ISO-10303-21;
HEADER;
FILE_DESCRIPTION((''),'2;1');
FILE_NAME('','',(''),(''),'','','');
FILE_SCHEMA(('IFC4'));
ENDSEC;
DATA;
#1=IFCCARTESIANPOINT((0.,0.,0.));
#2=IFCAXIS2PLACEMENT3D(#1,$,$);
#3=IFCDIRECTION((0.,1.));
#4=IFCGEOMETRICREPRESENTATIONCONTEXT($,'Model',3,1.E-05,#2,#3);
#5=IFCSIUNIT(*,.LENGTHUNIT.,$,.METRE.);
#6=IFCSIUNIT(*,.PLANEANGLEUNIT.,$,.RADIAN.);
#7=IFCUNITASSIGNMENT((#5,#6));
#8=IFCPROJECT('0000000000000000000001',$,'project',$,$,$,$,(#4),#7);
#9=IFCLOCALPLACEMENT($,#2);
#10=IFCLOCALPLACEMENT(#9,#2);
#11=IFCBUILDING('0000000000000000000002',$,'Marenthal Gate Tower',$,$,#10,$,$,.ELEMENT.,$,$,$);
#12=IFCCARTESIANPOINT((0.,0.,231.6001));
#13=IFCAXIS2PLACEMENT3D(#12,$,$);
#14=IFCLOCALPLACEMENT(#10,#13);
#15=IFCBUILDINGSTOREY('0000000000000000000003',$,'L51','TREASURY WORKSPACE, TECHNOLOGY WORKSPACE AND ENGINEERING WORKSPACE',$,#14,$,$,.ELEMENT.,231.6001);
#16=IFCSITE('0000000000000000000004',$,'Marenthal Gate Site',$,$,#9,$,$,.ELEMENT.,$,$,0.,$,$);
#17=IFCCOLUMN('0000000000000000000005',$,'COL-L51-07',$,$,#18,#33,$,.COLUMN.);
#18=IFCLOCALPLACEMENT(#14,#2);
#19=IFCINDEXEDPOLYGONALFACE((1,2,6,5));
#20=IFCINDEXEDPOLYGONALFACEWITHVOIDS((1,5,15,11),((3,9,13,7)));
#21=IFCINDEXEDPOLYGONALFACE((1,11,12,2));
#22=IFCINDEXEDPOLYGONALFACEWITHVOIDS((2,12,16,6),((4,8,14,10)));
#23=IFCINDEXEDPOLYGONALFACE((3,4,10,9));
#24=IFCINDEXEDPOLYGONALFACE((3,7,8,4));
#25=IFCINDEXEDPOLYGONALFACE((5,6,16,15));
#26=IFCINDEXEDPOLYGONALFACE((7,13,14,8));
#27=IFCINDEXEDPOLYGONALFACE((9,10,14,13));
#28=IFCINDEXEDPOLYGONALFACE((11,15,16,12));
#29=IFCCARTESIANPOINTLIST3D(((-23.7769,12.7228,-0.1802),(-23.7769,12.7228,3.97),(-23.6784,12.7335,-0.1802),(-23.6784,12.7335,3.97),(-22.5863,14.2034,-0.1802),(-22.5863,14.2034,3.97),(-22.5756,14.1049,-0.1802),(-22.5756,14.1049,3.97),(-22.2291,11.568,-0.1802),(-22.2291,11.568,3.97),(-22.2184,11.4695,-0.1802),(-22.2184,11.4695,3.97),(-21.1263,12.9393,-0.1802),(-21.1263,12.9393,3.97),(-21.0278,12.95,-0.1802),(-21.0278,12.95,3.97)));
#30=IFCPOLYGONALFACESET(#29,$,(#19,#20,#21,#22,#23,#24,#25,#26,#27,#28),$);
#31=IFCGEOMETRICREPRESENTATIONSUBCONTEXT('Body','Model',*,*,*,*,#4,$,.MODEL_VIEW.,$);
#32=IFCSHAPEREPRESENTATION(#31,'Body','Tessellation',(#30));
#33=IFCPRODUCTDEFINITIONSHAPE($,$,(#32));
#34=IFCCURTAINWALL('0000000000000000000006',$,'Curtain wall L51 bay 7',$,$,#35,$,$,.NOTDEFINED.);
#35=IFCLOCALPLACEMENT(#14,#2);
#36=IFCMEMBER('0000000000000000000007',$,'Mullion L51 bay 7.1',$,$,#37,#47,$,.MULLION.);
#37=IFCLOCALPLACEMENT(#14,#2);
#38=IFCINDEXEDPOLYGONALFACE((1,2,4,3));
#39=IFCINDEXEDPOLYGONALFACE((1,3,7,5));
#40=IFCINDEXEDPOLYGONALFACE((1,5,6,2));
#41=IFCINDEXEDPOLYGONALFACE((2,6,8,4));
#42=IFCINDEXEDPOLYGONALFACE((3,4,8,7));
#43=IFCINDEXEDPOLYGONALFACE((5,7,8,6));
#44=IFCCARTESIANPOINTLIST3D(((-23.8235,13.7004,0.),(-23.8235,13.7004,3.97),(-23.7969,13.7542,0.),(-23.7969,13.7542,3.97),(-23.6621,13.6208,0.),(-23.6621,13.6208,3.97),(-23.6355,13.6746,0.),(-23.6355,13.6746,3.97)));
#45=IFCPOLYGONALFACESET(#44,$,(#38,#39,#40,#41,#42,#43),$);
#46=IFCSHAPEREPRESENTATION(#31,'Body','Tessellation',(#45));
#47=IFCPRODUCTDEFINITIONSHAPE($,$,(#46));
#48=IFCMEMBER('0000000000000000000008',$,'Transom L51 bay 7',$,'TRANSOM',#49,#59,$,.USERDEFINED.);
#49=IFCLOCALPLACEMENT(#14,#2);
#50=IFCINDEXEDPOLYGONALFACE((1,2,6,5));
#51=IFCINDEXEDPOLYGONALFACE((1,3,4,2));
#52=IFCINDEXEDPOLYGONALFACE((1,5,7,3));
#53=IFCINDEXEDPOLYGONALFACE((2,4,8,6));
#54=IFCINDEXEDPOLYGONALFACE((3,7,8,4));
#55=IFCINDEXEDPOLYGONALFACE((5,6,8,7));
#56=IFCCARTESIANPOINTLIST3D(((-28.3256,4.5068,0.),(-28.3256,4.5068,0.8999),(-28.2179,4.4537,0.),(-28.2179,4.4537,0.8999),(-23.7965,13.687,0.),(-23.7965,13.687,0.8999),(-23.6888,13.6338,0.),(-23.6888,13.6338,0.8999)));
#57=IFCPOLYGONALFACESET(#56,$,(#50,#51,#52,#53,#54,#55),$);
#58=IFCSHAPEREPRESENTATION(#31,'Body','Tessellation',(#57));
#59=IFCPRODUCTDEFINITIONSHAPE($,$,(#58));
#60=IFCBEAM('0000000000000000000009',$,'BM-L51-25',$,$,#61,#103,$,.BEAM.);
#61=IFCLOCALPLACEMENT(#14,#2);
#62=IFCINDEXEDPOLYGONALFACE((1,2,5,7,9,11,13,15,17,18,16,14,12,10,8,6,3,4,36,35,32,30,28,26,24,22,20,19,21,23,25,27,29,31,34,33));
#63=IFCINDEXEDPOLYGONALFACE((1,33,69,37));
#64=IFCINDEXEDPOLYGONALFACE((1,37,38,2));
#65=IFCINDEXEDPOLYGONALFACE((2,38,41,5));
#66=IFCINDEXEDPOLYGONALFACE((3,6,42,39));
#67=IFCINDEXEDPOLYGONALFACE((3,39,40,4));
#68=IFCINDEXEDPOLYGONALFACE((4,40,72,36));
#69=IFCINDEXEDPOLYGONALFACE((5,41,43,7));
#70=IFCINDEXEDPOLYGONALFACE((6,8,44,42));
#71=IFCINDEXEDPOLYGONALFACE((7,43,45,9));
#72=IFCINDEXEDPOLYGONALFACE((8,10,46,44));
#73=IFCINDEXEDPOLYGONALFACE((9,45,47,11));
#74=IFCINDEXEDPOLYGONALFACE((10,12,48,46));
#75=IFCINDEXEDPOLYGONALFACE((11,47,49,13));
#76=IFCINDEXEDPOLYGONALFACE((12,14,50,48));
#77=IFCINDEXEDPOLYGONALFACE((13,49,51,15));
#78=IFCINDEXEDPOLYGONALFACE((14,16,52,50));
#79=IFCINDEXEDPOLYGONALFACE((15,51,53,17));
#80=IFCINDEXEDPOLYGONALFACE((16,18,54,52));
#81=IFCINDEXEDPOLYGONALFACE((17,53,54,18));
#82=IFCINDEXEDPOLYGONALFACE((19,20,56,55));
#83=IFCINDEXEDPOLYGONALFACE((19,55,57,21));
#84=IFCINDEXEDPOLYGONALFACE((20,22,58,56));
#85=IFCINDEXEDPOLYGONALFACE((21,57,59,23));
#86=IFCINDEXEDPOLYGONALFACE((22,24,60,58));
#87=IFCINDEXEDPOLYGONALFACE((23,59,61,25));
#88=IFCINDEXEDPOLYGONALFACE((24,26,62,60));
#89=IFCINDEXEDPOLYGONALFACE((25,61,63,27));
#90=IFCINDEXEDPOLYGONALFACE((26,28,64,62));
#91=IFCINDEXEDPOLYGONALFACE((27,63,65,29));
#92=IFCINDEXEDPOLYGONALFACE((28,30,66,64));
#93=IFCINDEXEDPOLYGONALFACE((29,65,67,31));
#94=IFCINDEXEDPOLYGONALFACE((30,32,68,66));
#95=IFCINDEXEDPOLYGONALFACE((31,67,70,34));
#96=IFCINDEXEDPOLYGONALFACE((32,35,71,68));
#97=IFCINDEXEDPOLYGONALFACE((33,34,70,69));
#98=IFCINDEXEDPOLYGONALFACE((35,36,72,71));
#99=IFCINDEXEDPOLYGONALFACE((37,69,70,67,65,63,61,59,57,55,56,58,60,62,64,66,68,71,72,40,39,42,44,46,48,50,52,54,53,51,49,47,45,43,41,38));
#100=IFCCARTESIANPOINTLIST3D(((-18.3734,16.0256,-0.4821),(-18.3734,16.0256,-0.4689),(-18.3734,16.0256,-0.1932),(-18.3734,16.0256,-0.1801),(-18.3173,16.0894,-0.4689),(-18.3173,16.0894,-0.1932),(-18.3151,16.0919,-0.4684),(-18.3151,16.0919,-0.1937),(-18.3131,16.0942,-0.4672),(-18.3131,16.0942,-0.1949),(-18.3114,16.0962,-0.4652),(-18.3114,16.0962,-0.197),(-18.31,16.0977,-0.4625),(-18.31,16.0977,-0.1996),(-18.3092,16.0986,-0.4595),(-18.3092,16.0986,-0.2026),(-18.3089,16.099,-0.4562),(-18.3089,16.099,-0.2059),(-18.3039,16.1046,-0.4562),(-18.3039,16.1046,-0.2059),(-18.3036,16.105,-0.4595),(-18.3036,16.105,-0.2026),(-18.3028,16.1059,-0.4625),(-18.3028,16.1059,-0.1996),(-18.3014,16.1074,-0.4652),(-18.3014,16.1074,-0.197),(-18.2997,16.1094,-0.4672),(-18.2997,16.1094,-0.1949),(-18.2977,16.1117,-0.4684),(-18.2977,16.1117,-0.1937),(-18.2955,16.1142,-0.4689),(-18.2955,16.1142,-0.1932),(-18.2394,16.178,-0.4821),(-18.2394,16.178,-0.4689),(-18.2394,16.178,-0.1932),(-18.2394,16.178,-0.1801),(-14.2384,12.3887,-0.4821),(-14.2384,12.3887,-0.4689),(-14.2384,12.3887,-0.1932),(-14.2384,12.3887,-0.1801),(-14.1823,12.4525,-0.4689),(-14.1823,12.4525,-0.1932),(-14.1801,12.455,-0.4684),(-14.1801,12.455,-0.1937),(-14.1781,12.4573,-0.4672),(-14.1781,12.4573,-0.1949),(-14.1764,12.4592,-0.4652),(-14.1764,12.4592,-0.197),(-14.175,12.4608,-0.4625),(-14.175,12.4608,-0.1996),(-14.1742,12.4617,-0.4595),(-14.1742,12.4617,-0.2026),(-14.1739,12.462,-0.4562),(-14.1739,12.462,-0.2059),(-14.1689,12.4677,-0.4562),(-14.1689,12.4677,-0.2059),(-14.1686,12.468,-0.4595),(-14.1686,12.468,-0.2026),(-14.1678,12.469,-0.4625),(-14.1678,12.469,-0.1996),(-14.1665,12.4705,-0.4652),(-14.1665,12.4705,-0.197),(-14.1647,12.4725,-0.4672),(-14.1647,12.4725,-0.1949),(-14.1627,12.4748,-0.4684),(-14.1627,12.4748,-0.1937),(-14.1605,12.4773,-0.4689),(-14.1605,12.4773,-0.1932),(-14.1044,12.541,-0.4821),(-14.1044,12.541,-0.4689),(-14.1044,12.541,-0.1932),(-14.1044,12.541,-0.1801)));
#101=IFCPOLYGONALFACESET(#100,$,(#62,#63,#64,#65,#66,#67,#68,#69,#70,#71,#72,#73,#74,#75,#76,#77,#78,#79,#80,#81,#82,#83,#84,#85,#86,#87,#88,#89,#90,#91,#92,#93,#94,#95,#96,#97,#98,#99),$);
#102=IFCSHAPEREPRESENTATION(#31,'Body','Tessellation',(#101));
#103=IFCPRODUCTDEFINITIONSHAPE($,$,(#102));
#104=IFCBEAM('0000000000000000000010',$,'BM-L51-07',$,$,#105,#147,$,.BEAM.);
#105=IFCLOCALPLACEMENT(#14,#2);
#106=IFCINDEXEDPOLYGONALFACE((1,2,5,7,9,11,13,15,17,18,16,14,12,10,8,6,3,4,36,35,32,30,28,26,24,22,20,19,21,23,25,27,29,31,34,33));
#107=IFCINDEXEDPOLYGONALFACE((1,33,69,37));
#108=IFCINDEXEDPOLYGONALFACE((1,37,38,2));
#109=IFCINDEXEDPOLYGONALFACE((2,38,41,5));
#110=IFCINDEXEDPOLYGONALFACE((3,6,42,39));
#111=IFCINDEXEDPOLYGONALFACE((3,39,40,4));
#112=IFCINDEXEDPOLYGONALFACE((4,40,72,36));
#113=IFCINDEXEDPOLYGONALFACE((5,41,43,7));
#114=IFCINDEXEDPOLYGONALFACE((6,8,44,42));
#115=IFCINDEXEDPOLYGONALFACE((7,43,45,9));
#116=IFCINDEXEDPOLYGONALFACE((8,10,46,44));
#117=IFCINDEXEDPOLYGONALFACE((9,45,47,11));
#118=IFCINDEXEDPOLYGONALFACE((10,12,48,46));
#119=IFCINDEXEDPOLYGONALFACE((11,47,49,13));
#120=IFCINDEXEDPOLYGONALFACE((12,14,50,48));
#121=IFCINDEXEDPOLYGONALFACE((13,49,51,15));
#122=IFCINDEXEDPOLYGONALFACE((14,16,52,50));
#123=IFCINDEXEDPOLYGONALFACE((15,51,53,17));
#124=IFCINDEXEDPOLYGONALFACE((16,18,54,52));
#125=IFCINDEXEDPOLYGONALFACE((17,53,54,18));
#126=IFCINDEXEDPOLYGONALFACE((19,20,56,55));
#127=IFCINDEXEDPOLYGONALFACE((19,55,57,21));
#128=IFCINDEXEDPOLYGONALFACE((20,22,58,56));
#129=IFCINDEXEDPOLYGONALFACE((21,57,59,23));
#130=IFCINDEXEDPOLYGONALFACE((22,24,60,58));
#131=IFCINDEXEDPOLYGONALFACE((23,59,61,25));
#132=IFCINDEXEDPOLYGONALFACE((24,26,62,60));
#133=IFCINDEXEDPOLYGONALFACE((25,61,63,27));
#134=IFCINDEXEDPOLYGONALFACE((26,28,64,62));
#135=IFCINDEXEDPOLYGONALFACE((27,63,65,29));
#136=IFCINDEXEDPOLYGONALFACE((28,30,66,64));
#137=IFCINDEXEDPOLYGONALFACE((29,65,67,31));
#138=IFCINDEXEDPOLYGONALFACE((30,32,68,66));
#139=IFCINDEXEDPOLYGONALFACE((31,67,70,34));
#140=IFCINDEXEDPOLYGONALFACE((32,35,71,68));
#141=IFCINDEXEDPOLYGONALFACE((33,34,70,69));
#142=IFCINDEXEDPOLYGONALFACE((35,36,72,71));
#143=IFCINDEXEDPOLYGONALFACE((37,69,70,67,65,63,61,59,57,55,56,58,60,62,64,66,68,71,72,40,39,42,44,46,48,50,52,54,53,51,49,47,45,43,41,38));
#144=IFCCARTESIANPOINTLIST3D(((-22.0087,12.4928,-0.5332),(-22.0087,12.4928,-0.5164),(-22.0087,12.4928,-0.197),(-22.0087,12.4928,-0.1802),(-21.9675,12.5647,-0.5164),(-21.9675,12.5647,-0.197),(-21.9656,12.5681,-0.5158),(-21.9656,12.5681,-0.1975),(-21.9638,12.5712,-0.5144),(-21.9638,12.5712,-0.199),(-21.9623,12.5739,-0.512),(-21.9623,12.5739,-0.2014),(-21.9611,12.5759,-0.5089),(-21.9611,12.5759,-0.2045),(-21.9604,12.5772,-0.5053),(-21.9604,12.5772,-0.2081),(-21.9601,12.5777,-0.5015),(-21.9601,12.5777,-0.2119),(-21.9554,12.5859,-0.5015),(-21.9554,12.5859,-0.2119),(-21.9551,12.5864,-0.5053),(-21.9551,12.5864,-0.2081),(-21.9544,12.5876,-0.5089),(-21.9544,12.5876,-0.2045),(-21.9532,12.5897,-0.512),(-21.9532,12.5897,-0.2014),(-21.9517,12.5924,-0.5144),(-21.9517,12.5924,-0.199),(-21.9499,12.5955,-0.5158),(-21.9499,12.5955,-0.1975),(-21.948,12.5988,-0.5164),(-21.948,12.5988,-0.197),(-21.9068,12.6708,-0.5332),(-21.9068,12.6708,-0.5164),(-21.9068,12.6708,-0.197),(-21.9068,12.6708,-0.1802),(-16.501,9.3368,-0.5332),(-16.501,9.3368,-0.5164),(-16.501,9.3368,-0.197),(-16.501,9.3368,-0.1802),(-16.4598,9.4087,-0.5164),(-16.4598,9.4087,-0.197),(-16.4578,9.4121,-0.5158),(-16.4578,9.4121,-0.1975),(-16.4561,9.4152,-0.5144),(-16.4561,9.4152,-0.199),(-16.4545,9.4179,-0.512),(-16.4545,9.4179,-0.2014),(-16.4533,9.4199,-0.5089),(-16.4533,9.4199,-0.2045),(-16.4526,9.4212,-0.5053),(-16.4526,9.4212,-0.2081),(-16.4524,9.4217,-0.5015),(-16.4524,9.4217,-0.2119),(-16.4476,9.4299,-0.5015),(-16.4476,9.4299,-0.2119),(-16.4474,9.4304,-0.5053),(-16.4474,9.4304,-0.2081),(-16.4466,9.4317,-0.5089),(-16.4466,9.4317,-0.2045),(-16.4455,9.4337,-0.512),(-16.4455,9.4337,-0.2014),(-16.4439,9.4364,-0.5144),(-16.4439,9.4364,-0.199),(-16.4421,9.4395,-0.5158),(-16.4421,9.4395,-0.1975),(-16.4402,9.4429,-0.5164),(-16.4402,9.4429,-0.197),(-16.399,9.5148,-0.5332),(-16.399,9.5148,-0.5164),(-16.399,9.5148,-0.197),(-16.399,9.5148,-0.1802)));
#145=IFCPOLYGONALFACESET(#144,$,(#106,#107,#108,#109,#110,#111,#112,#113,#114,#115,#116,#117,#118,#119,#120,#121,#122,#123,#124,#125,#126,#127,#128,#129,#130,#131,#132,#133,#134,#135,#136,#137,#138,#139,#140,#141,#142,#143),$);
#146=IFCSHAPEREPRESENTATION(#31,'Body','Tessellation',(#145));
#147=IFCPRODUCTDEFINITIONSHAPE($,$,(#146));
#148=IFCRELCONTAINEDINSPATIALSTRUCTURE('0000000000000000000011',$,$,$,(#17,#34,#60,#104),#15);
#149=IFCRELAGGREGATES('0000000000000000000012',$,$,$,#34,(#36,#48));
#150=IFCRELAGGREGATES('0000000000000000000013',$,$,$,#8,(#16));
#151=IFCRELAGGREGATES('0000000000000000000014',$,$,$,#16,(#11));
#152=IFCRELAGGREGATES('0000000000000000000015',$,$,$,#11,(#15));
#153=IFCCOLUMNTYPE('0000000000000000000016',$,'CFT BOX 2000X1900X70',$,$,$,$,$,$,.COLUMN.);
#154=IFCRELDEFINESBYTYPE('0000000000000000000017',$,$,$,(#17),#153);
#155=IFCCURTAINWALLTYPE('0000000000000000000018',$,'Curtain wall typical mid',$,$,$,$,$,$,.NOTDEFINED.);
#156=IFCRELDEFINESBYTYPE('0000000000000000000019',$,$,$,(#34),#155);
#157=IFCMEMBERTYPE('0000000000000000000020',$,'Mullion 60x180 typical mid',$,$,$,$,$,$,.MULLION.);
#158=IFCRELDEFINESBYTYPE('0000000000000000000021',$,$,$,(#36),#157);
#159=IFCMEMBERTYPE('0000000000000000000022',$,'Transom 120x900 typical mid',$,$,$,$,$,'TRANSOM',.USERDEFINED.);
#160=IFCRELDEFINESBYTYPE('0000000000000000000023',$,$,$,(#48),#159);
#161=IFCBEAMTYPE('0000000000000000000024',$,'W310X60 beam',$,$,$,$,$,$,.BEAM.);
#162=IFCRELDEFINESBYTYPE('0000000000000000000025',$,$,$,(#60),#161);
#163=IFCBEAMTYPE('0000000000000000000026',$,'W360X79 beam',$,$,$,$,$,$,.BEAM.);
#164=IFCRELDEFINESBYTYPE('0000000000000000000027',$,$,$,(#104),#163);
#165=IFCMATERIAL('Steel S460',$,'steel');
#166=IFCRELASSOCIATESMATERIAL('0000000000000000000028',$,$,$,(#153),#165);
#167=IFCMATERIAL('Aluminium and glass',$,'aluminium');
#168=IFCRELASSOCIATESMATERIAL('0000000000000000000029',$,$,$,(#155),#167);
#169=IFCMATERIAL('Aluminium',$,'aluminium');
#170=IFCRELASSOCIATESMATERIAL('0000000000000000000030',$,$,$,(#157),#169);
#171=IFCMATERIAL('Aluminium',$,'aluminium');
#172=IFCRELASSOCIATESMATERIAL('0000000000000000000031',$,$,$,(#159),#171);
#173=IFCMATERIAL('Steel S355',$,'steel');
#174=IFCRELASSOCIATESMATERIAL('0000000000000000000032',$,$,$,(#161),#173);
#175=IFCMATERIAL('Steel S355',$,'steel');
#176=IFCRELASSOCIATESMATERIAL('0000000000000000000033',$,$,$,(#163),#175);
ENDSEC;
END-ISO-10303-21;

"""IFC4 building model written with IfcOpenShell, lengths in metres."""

from ifc_helpers import new_model, si_unit, direction, frame, origin, origin_2d, place, context, subcontext, project, spatial, rectangle, hollow_rectangle, i_section, extrude, material, material_profile, profile_set, type_object, element, aggregate, save


model = new_model("IFC4")

# Units and contexts
model_context = context("Model", 3, precision=1e-05, world=origin(), true_north=direction((0.0, 1.0)))
body_context = subcontext(model_context, "Body", "Model", "MODEL_VIEW")
ifc_project = project(units=[si_unit("LENGTHUNIT", "METRE"), si_unit("PLANEANGLEUNIT", "RADIAN")], contexts=[model_context])

# Site, building, storey
site_placement = place(None, origin())
site = spatial("IfcSite", under=ifc_project, at=site_placement, Name="Marenthal Gate Site", CompositionType="ELEMENT", RefElevation=0.0)
building_placement = place(site_placement, origin())
building = spatial("IfcBuilding", under=site, at=building_placement, Name="Marenthal Gate Tower", CompositionType="ELEMENT")
storey_placement = place(building_placement, frame((0.0, 0.0, 231.6001)))
storey = spatial("IfcBuildingStorey", under=building, at=storey_placement, Name="L51", Description="TREASURY WORKSPACE, TECHNOLOGY WORKSPACE AND ENGINEERING WORKSPACE", CompositionType="ELEMENT", Elevation=231.6001)

# Column
ifc_material_1 = material(Name="Steel S460", Category="steel")
ifc_material_profile_1 = material_profile(ifc_material_1, hollow_rectangle(XDim=1.8999, YDim=2.0, WallThickness=0.0701, at=origin_2d()), Name="CFT BOX 2000X1900X70")
ifc_material_2 = material(Name="Concrete 70 MPa", Category="concrete")
ifc_material_profile_2 = material_profile(ifc_material_2, rectangle(XDim=1.76, YDim=1.8601, at=origin_2d()), Name="CFT BOX 2000X1900X70 INFILL")
ifc_profile_set_1 = profile_set([ifc_material_profile_1, ifc_material_profile_2], Name="Steel S460 shell, Concrete 70 MPa infill")
column_type = type_object("IfcColumnType", Name="CFT BOX 2000X1900X70", PredefinedType="COLUMN", material=ifc_profile_set_1)
column_placement = place(storey_placement, frame((-22.4023, 12.8364, -0.1802), z_axis=(0.0, 0.0, 1.0), x_axis=(0.626684, 0.779273, 0.0)))
element("IfcColumn", 1, at=column_placement, inside=storey, type_object=column_type, Name="COL-L51-07", PredefinedType="COLUMN", context=body_context, shape_type="SweptSolid", body=[
    extrude(hollow_rectangle(XDim=1.8999, YDim=2.0, WallThickness=0.0701, at=origin_2d()), origin(), (0.0, 0.0, 1.0), 4.1501),
])

# Curtain wall, members
ifc_material_3 = material(Name="Aluminium and glass", Category="aluminium")
curtain_wall_type = type_object("IfcCurtainWallType", Name="Curtain wall typical mid", PredefinedType="NOTDEFINED", material=ifc_material_3)
curtain_wall_placement = place(storey_placement, origin())
curtain_wall = element("IfcCurtainWall", 2, at=curtain_wall_placement, inside=storey, type_object=curtain_wall_type, Name="Curtain wall L51 bay 7", PredefinedType="NOTDEFINED")
ifc_material_4 = material(Name="Aluminium", Category="aluminium")
ifc_material_profile_3 = material_profile(ifc_material_4, rectangle(XDim=0.1799, YDim=0.0601, at=origin_2d()), Name="60x180 aluminium mullion")
ifc_profile_set_2 = profile_set([ifc_material_profile_3], Name="Aluminium")
member_type_1 = type_object("IfcMemberType", Name="Mullion 60x180 typical mid", PredefinedType="MULLION", material=ifc_profile_set_2)
member_1_placement = place(storey_placement, frame((-23.7295, 13.6875, 0.0), z_axis=(0.0, 0.0, 1.0), x_axis=(0.896798, -0.442441, 0.0)))
member_1 = element("IfcMember", 3, at=member_1_placement, type_object=member_type_1, Name="Mullion L51 bay 7.1", PredefinedType="MULLION", context=body_context, shape_type="SweptSolid", body=[
    extrude(rectangle(XDim=0.1799, YDim=0.0601, at=origin_2d()), origin(), (0.0, 0.0, 1.0), 3.97),
])
ifc_material_5 = material(Name="Aluminium", Category="aluminium")
ifc_material_profile_4 = material_profile(ifc_material_5, rectangle(XDim=0.1201, YDim=0.8999, at=origin_2d()), Name="120x900 aluminium transom")
ifc_profile_set_3 = profile_set([ifc_material_profile_4], Name="Aluminium")
member_type_2 = type_object("IfcMemberType", Name="Transom 120x900 typical mid", ElementType="TRANSOM", PredefinedType="USERDEFINED", material=ifc_profile_set_3)
member_2_placement = place(storey_placement, frame((-23.7427, 13.6604, 0.45), z_axis=(-0.442437, -0.896799, 0.0), x_axis=(0.896799, -0.442437, 0.0)))
member_2 = element("IfcMember", 4, at=member_2_placement, type_object=member_type_2, Name="Transom L51 bay 7", ObjectType="TRANSOM", PredefinedType="USERDEFINED", context=body_context, shape_type="SweptSolid", body=[
    extrude(rectangle(XDim=0.1201, YDim=0.8999, at=origin_2d()), origin(), (0.0, 0.0, 1.0), 10.2366),
])

# Beams
ifc_material_6 = material(Name="Steel S355", Category="steel")
ifc_material_profile_5 = material_profile(ifc_material_6, i_section(OverallWidth=0.2029, OverallDepth=0.302, WebThickness=0.0076, FlangeThickness=0.0132, FilletRadius=0.0127, at=origin_2d()), Name="W310X60")
ifc_profile_set_4 = profile_set([ifc_material_profile_5], Name="Steel S355")
beam_type_1 = type_object("IfcBeamType", Name="W310X60 beam", PredefinedType="BEAM", material=ifc_profile_set_4)
beam_1_placement = place(storey_placement, frame((-18.3064, 16.1018, -0.3311), z_axis=(0.75088, -0.660439, 0.0), x_axis=(0.660439, 0.75088, 0.0)))
element("IfcBeam", 5, at=beam_1_placement, inside=storey, type_object=beam_type_1, Name="BM-L51-25", PredefinedType="BEAM", context=body_context, shape_type="SweptSolid", body=[
    extrude(i_section(OverallWidth=0.2029, OverallDepth=0.302, WebThickness=0.0076, FlangeThickness=0.0132, FilletRadius=0.0127, at=origin_2d()), origin(), (0.0, 0.0, 1.0), 5.5068),
])
ifc_material_7 = material(Name="Steel S355", Category="steel")
ifc_material_profile_6 = material_profile(ifc_material_7, i_section(OverallWidth=0.2051, OverallDepth=0.353, WebThickness=0.0095, FlangeThickness=0.0168, FilletRadius=0.0149, at=origin_2d()), Name="W360X79")
ifc_profile_set_5 = profile_set([ifc_material_profile_6], Name="Steel S355")
beam_type_2 = type_object("IfcBeamType", Name="W360X79 beam", PredefinedType="BEAM", material=ifc_profile_set_5)
beam_2_placement = place(storey_placement, frame((-21.9578, 12.5818, -0.3567), z_axis=(0.867653, -0.49717, 0.0), x_axis=(0.49717, 0.867653, 0.0)))
element("IfcBeam", 6, at=beam_2_placement, inside=storey, type_object=beam_type_2, Name="BM-L51-07", PredefinedType="BEAM", context=body_context, shape_type="SweptSolid", body=[
    extrude(i_section(OverallWidth=0.2051, OverallDepth=0.353, WebThickness=0.0095, FlangeThickness=0.0168, FilletRadius=0.0149, at=origin_2d()), origin(), (0.0, 0.0, 1.0), 6.3479),
])

aggregate(curtain_wall, [member_1, member_2])

save(model, "model.ifc")
